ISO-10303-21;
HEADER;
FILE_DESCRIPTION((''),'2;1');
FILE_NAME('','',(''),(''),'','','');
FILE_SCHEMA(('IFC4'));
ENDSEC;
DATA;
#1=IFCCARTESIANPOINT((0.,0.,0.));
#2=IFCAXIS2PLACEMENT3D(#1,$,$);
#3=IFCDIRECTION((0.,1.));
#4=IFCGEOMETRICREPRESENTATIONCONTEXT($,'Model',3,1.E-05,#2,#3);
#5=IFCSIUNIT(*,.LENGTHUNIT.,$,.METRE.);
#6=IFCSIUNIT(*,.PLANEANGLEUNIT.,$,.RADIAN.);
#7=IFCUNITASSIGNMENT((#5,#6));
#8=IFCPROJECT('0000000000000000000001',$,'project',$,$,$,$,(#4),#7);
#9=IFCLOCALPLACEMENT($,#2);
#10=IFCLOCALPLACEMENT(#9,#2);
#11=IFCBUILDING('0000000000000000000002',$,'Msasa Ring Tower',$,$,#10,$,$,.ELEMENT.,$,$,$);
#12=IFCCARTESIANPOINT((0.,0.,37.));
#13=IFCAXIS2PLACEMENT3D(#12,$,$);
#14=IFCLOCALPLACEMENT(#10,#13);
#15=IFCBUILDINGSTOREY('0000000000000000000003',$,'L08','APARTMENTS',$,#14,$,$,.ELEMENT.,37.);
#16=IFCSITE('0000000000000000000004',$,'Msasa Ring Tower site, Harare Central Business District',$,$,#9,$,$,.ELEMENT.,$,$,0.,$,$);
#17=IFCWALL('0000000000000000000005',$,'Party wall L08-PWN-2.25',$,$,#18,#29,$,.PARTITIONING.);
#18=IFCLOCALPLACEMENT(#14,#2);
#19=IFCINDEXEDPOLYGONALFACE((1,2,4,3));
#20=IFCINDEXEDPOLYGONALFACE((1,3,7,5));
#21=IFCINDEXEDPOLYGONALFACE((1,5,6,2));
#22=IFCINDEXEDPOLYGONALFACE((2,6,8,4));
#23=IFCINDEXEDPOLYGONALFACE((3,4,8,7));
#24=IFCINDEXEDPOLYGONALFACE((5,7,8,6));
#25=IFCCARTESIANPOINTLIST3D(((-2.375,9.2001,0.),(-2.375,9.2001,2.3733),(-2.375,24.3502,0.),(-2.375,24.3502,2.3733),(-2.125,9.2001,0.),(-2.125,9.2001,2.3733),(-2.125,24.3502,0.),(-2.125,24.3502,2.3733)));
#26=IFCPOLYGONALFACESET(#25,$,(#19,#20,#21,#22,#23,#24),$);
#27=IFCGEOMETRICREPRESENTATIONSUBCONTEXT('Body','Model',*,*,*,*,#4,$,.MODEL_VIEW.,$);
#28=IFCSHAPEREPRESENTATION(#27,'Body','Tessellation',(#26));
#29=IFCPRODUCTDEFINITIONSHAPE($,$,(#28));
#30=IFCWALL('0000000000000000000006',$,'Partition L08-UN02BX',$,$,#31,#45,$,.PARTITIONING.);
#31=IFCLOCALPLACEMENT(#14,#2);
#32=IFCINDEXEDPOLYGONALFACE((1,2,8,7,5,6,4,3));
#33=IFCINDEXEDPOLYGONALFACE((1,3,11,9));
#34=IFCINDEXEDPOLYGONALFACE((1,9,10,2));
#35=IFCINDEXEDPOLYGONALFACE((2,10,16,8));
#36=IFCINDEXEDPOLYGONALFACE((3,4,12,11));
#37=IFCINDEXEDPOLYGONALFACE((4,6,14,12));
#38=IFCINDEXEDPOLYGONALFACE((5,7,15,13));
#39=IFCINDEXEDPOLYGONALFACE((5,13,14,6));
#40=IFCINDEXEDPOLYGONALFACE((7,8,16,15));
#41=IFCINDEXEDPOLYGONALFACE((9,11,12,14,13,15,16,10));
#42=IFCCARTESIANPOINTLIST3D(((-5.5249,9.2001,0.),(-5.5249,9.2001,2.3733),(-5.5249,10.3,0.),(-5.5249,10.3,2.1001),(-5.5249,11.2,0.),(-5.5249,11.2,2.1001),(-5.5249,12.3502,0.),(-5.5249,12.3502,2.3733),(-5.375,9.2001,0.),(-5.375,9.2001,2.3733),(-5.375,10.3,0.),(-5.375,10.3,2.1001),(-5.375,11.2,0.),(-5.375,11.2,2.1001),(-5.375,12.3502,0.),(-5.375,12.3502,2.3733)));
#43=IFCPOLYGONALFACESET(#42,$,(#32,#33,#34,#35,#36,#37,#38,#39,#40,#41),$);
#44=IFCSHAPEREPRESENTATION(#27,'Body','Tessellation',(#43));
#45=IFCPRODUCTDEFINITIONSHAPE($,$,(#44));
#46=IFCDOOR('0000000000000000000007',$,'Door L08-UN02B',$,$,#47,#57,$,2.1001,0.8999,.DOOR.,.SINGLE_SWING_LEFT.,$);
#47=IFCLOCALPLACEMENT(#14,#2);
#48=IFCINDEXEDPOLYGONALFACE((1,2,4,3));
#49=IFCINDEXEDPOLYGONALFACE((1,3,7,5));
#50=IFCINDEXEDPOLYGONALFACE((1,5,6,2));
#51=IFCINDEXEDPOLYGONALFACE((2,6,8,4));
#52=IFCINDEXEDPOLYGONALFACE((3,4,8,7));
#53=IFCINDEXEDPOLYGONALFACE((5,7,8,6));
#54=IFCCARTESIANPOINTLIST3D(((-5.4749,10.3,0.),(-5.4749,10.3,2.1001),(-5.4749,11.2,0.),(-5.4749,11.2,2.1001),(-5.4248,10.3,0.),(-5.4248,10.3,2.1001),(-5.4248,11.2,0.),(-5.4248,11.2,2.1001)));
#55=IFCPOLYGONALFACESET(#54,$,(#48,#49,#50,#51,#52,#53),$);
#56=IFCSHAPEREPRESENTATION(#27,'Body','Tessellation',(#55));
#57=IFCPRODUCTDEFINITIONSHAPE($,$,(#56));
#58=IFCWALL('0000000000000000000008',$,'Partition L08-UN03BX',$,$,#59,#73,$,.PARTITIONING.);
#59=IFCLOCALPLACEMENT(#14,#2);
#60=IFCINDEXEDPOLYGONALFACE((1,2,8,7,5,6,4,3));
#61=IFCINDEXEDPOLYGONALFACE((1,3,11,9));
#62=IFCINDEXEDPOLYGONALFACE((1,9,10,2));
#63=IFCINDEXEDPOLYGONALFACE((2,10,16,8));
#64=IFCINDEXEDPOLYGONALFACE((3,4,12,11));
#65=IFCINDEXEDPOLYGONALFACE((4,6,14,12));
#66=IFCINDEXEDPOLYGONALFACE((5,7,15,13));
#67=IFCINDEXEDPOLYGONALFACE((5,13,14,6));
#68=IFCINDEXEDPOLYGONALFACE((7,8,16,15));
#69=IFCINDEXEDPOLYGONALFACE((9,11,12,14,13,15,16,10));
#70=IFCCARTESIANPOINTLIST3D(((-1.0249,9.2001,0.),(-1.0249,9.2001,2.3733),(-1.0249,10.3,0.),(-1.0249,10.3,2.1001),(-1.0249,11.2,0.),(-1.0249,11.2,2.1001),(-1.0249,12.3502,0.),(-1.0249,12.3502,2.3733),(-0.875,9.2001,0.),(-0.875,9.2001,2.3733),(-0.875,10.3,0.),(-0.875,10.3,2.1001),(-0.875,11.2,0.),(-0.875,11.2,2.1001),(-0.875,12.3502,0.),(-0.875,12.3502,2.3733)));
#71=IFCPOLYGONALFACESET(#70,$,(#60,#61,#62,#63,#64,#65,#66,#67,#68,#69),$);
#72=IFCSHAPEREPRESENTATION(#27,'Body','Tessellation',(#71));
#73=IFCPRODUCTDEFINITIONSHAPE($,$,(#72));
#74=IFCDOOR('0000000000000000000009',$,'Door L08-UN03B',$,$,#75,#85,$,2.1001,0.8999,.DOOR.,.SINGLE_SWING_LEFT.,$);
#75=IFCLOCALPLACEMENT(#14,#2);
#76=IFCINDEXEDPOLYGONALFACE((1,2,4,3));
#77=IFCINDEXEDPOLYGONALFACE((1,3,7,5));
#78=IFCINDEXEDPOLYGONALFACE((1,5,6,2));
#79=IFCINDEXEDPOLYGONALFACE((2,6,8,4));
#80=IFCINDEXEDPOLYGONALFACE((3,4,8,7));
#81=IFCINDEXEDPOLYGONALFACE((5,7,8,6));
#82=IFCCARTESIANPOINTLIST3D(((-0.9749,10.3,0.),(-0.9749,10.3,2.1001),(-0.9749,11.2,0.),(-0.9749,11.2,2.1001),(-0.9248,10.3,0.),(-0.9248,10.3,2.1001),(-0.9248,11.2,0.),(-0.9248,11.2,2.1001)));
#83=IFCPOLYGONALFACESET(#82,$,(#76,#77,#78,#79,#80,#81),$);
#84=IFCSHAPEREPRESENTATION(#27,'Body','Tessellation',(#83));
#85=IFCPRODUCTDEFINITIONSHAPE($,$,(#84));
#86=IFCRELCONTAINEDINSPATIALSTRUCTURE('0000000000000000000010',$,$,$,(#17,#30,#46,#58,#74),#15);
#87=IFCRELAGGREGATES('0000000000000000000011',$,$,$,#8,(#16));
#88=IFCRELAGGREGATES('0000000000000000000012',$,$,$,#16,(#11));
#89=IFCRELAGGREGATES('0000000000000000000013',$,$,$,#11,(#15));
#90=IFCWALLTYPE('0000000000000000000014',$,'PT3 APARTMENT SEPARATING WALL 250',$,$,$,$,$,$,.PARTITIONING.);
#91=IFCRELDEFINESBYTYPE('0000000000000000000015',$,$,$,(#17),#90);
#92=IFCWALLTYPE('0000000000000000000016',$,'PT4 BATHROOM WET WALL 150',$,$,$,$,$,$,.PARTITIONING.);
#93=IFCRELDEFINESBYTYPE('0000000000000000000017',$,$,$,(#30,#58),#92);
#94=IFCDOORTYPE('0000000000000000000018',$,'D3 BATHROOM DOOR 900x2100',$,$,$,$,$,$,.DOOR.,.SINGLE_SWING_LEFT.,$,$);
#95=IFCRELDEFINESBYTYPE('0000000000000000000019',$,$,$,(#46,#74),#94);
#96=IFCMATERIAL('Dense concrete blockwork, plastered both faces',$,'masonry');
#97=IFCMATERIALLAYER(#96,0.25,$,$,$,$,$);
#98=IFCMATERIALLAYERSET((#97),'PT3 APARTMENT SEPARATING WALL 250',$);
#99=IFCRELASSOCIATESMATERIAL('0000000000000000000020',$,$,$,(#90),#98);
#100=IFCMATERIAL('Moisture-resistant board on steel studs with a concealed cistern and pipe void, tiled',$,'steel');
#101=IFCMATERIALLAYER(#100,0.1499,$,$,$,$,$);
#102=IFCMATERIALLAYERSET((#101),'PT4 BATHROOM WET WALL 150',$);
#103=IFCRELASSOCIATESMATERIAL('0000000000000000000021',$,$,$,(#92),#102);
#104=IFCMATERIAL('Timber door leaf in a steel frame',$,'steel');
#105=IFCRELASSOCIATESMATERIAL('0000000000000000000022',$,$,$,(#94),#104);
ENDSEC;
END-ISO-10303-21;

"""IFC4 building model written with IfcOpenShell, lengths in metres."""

from ifc_helpers import new_model, si_unit, direction, frame, frame_2d, origin, place, context, subcontext, project, spatial, rectangle, extrude, material, layer, layer_set, type_object, element, fill, save


model = new_model("IFC4")

# Units and contexts
model_context = context("Model", 3, precision=1e-05, world=origin(), true_north=direction((0.0, 1.0)))
body_context = subcontext(model_context, "Body", "Model", "MODEL_VIEW")
ifc_project = project(units=[si_unit("LENGTHUNIT", "METRE"), si_unit("PLANEANGLEUNIT", "RADIAN")], contexts=[model_context])

# Site, building, storey
site_placement = place(None, origin())
site = spatial("IfcSite", under=ifc_project, at=site_placement, Name="Msasa Ring Tower site, Harare Central Business District", CompositionType="ELEMENT", RefElevation=0.0)
building_placement = place(site_placement, origin())
building = spatial("IfcBuilding", under=site, at=building_placement, Name="Msasa Ring Tower", CompositionType="ELEMENT")
storey_placement = place(building_placement, frame((0.0, 0.0, 37.0)))
storey = spatial("IfcBuildingStorey", under=building, at=storey_placement, Name="L08", Description="APARTMENTS", CompositionType="ELEMENT", Elevation=37.0)

# Wall
ifc_material_1 = material(Name="Dense concrete blockwork, plastered both faces", Category="masonry")
ifc_layer_1 = layer(ifc_material_1, 0.25)
ifc_layer_set_1 = layer_set([ifc_layer_1], Name="PT3 APARTMENT SEPARATING WALL 250")
wall_type_1 = type_object("IfcWallType", Name="PT3 APARTMENT SEPARATING WALL 250", PredefinedType="PARTITIONING", material=ifc_layer_set_1)
for number, where, z_axis, x_axis, name in (
    (1, (-2.25, 9.2, 0.0), (0.0, 0.0, 1.0), (0.0, 1.0, 0.0), "Party wall L08-PWN-2.25"),
):
    element("IfcWall", number, at=place(storey_placement, frame(where, z_axis=z_axis, x_axis=x_axis)), inside=storey, type_object=wall_type_1, Name=name, PredefinedType="PARTITIONING", context=body_context, shape_type="SweptSolid", body=[
        extrude(rectangle(XDim=15.1501, YDim=0.25, at=frame_2d((7.5752, 0.0))), origin(), (0.0, 0.0, 1.0), 2.3733),
    ])

# Walls, openings, doors
ifc_material_2 = material(Name="Moisture-resistant board on steel studs with a concealed cistern and pipe void, tiled", Category="steel")
ifc_layer_2 = layer(ifc_material_2, 0.1499)
ifc_layer_set_2 = layer_set([ifc_layer_2], Name="PT4 BATHROOM WET WALL 150")
wall_type_2 = type_object("IfcWallType", Name="PT4 BATHROOM WET WALL 150", PredefinedType="PARTITIONING", material=ifc_layer_set_2)
wall_1_placement = place(storey_placement, frame((-5.45, 9.2, 0.0), z_axis=(0.0, 0.0, 1.0), x_axis=(0.0, 1.0, 0.0)))
wall_1 = element("IfcWall", 2, at=wall_1_placement, inside=storey, type_object=wall_type_2, Name="Partition L08-UN02BX", PredefinedType="PARTITIONING", context=body_context, shape_type="SweptSolid", body=[
    extrude(rectangle(XDim=3.1501, YDim=0.1499, at=frame_2d((1.5752, 0.0))), origin(), (0.0, 0.0, 1.0), 2.3733),
])
opening_1_placement = place(wall_1_placement, frame((1.1001, 0.0, 0.0)))
opening_1 = element("IfcOpeningElement", 3, at=opening_1_placement, cuts=wall_1, PredefinedType="OPENING", context=body_context, shape_type="SweptSolid", body=[
    extrude(rectangle(XDim=0.8999, YDim=2.1001, at=frame_2d((0.45, 1.05))), frame((0.0, 0.085, 0.0), z_axis=(0.0, -1.0, 0.0), x_axis=(1.0, 0.0, 0.0)), (0.0, 0.0, 1.0), 0.1699),
])
ifc_material_3 = material(Name="Timber door leaf in a steel frame", Category="steel")
door_type_1 = type_object("IfcDoorType", Name="D3 BATHROOM DOOR 900x2100", OperationType="SINGLE_SWING_LEFT", PredefinedType="DOOR", material=ifc_material_3)
door_1_placement = place(opening_1_placement, origin())
door_1 = element("IfcDoor", 4, at=door_1_placement, inside=storey, type_object=door_type_1, Name="Door L08-UN02B", OperationType="SINGLE_SWING_LEFT", OverallHeight=2.1001, OverallWidth=0.8999, PredefinedType="DOOR", context=body_context, shape_type="SweptSolid", body=[
    extrude(rectangle(XDim=0.8999, YDim=2.1001, at=frame_2d((0.45, 1.05))), frame((0.0, 0.0249, 0.0), z_axis=(0.0, -1.0, 0.0), x_axis=(1.0, 0.0, 0.0)), (0.0, 0.0, 1.0), 0.05),
])
fill(opening_1, door_1)
wall_2_placement = place(storey_placement, frame((-0.95, 9.2, 0.0), z_axis=(0.0, 0.0, 1.0), x_axis=(0.0, 1.0, 0.0)))
wall_2 = element("IfcWall", 5, at=wall_2_placement, inside=storey, type_object=wall_type_2, Name="Partition L08-UN03BX", PredefinedType="PARTITIONING", context=body_context, shape_type="SweptSolid", body=[
    extrude(rectangle(XDim=3.1501, YDim=0.1499, at=frame_2d((1.5752, 0.0))), origin(), (0.0, 0.0, 1.0), 2.3733),
])
opening_2_placement = place(wall_2_placement, frame((1.1001, 0.0, 0.0)))
opening_2 = element("IfcOpeningElement", 6, at=opening_2_placement, cuts=wall_2, PredefinedType="OPENING", context=body_context, shape_type="SweptSolid", body=[
    extrude(rectangle(XDim=0.8999, YDim=2.1001, at=frame_2d((0.45, 1.05))), frame((0.0, 0.085, 0.0), z_axis=(0.0, -1.0, 0.0), x_axis=(1.0, 0.0, 0.0)), (0.0, 0.0, 1.0), 0.1699),
])
door_2_placement = place(opening_2_placement, origin())
door_2 = element("IfcDoor", 7, at=door_2_placement, inside=storey, type_object=door_type_1, Name="Door L08-UN03B", OperationType="SINGLE_SWING_LEFT", OverallHeight=2.1001, OverallWidth=0.8999, PredefinedType="DOOR", context=body_context, shape_type="SweptSolid", body=[
    extrude(rectangle(XDim=0.8999, YDim=2.1001, at=frame_2d((0.45, 1.05))), frame((0.0, 0.0249, 0.0), z_axis=(0.0, -1.0, 0.0), x_axis=(1.0, 0.0, 0.0)), (0.0, 0.0, 1.0), 0.05),
])
fill(opening_2, door_2)

save(model, "model.ifc")
